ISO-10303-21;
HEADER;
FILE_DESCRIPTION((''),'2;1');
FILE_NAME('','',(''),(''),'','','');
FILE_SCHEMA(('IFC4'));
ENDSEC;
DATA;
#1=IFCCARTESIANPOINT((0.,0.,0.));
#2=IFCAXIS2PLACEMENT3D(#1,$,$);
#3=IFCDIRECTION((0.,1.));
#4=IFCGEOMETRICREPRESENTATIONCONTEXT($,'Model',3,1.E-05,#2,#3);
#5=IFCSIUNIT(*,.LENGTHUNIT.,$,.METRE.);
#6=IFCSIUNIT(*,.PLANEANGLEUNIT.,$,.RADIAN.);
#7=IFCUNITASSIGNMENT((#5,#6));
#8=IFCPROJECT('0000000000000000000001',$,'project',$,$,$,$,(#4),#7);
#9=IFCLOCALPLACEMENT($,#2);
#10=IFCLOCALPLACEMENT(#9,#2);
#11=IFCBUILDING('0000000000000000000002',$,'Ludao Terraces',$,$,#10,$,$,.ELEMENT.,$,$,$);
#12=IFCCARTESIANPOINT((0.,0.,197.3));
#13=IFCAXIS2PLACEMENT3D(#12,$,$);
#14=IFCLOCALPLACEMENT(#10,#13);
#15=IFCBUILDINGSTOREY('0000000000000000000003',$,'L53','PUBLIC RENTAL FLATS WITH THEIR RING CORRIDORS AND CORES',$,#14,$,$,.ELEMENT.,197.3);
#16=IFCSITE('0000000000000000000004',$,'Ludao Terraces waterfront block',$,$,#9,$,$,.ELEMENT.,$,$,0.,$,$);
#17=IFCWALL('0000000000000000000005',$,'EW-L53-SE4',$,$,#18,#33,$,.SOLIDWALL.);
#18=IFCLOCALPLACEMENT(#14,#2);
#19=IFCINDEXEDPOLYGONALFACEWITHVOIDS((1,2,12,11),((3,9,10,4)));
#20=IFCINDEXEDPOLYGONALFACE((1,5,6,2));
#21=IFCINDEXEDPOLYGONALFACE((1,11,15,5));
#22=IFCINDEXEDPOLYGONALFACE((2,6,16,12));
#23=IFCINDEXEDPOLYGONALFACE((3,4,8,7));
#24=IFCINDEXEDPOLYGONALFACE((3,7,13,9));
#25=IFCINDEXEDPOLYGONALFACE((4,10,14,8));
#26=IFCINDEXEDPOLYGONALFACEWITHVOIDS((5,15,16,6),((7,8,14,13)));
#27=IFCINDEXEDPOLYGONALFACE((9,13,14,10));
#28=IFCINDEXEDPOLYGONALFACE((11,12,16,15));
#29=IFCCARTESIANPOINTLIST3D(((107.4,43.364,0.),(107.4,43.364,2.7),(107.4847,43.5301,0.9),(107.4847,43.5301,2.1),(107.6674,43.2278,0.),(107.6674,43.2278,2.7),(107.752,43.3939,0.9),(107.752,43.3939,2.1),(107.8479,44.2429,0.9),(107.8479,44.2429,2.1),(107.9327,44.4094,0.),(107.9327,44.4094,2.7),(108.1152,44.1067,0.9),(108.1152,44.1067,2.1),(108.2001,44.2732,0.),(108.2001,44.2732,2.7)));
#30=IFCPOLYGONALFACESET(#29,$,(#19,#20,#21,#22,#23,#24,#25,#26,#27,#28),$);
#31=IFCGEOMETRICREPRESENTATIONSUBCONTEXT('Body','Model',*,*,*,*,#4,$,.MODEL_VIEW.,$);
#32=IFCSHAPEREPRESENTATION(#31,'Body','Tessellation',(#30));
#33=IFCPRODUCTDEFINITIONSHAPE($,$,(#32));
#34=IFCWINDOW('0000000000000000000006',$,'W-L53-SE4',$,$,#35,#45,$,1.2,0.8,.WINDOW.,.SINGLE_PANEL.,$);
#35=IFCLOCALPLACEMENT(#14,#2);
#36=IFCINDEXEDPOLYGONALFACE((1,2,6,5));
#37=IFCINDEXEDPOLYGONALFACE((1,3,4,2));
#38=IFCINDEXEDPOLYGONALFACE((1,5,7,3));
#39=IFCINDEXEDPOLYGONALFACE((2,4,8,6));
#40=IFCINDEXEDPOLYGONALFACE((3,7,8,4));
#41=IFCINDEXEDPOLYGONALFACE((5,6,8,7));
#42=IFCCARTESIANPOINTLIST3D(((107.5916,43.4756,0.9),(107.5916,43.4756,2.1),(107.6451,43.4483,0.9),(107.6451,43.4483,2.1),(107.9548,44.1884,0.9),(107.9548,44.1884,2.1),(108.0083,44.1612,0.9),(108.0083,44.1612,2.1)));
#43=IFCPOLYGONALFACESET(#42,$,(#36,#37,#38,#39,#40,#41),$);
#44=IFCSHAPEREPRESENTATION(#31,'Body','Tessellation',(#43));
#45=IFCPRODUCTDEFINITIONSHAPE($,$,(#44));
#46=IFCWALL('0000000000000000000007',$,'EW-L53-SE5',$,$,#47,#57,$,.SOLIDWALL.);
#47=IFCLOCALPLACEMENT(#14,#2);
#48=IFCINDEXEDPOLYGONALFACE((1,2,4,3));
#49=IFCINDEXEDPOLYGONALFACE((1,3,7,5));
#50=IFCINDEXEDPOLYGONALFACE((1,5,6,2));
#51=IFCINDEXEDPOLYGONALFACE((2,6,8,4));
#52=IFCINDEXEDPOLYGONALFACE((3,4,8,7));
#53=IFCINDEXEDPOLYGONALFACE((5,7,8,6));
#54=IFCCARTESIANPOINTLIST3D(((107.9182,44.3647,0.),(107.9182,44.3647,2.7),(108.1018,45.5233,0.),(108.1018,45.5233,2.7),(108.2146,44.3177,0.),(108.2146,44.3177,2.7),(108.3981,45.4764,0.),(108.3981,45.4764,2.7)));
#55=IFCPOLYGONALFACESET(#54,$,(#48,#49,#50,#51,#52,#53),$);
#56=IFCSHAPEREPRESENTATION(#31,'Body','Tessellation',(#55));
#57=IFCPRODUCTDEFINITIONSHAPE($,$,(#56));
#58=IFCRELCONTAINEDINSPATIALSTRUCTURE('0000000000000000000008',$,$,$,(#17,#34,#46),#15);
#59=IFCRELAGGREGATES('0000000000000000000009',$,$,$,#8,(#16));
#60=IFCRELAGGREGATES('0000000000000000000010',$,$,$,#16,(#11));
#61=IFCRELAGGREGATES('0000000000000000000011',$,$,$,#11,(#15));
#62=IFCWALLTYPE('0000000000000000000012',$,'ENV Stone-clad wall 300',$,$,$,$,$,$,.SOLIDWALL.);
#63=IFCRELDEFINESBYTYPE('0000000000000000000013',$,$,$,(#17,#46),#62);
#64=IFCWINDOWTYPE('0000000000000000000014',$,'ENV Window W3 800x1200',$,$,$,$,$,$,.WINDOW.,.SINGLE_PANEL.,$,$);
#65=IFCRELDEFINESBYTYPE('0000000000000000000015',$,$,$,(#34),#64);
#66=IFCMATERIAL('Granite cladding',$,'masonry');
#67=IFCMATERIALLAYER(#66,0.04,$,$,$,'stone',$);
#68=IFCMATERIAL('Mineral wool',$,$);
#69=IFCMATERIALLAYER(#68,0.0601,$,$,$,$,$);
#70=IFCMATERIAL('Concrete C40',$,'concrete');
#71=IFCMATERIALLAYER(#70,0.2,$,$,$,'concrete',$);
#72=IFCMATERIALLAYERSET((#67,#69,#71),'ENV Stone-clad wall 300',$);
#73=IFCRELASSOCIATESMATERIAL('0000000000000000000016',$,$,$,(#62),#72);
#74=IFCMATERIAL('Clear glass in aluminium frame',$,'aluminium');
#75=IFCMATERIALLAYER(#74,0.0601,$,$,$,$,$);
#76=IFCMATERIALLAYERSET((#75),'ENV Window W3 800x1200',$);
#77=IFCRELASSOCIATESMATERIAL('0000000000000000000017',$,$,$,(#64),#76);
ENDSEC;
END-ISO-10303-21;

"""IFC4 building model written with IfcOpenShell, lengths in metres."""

from ifc_helpers import new_model, si_unit, direction, frame, frame_2d, origin, place, context, subcontext, project, spatial, rectangle, extrude, material, layer, layer_set, type_object, element, fill, save


model = new_model("IFC4")

# Units and contexts
model_context = context("Model", 3, precision=1e-05, world=origin(), true_north=direction((0.0, 1.0)))
body_context = subcontext(model_context, "Body", "Model", "MODEL_VIEW")
ifc_project = project(units=[si_unit("LENGTHUNIT", "METRE"), si_unit("PLANEANGLEUNIT", "RADIAN")], contexts=[model_context])

# Site, building, storey
site_placement = place(None, origin())
site = spatial("IfcSite", under=ifc_project, at=site_placement, Name="Ludao Terraces waterfront block", CompositionType="ELEMENT", RefElevation=0.0)
building_placement = place(site_placement, origin())
building = spatial("IfcBuilding", under=site, at=building_placement, Name="Ludao Terraces", CompositionType="ELEMENT")
storey_placement = place(building_placement, frame((0.0, 0.0, 197.3)))
storey = spatial("IfcBuildingStorey", under=building, at=storey_placement, Name="L53", Description="PUBLIC RENTAL FLATS WITH THEIR RING CORRIDORS AND CORES", CompositionType="ELEMENT", Elevation=197.3)

# Shared definitions
ifc_material_1 = material(Name="Concrete C40", Category="concrete")

# Shared definitions
ifc_material_2 = material(Name="Granite cladding", Category="masonry")
ifc_layer_1 = layer(ifc_material_2, 0.04, Category="stone")
ifc_material_3 = material(Name="Mineral wool")
ifc_layer_2 = layer(ifc_material_3, 0.0601)
ifc_layer_3 = layer(ifc_material_1, 0.2, Category="concrete")
ifc_layer_set_1 = layer_set([ifc_layer_1, ifc_layer_2, ifc_layer_3], Name="ENV Stone-clad wall 300")
wall_type_1 = type_object("IfcWallType", Name="ENV Stone-clad wall 300", PredefinedType="SOLIDWALL", material=ifc_layer_set_1)
ifc_material_4 = material(Name="Clear glass in aluminium frame", Category="aluminium")

# Wall, opening, window
ifc_layer_4 = layer(ifc_material_4, 0.0601)
ifc_layer_set_2 = layer_set([ifc_layer_4], Name="ENV Window W3 800x1200")
window_type_1 = type_object("IfcWindowType", Name="ENV Window W3 800x1200", PartitioningType="SINGLE_PANEL", PredefinedType="WINDOW", material=ifc_layer_set_2)
wall_1_placement = place(storey_placement, frame((107.5337, 43.2959, 0.0), z_axis=(0.0, 0.0, 1.0), x_axis=(0.454026, 0.890989, 0.0)))
wall_1 = element("IfcWall", 1, at=wall_1_placement, inside=storey, type_object=wall_type_1, Name="EW-L53-SE4", PredefinedType="SOLIDWALL", context=body_context, shape_type="SweptSolid", body=[
    extrude(rectangle(XDim=1.1733, YDim=0.3, at=frame_2d((0.5867, 0.0))), origin(), (0.0, 0.0, 1.0), 2.7),
])
opening_1_placement = place(wall_1_placement, frame((0.1865, 0.0, 0.8999)))
opening_1 = element("IfcOpeningElement", 2, at=opening_1_placement, cuts=wall_1, PredefinedType="OPENING", context=body_context, shape_type="SweptSolid", body=[
    extrude(rectangle(XDim=0.8, YDim=1.2, at=frame_2d((0.3999, 0.6001))), frame((0.0, 0.1602, 0.0), z_axis=(0.0, -1.0, 0.0), x_axis=(1.0, 0.0, 0.0)), (0.0, 0.0, 1.0), 0.3201),
])
window_1_placement = place(opening_1_placement, origin())
window_1 = element("IfcWindow", 3, at=window_1_placement, inside=storey, type_object=window_type_1, Name="W-L53-SE4", OverallHeight=1.2, OverallWidth=0.8, PartitioningType="SINGLE_PANEL", PredefinedType="WINDOW", context=body_context, shape_type="SweptSolid", body=[
    extrude(rectangle(XDim=0.8, YDim=1.2, at=frame_2d((0.3999, 0.6001))), frame((0.0, 0.03, 0.0), z_axis=(0.0, -1.0, 0.0), x_axis=(1.0, 0.0, 0.0)), (0.0, 0.0, 1.0), 0.0601),
])
fill(opening_1, window_1)

# Wall
wall_2_placement = place(storey_placement, frame((108.0664, 44.3413, 0.0), z_axis=(0.0, 0.0, 1.0), x_axis=(0.156497, 0.987678, 0.0)))
element("IfcWall", 4, at=wall_2_placement, inside=storey, type_object=wall_type_1, Name="EW-L53-SE5", PredefinedType="SOLIDWALL", context=body_context, shape_type="SweptSolid", body=[
    extrude(rectangle(XDim=1.1731, YDim=0.3, at=frame_2d((0.5864, 0.0))), origin(), (0.0, 0.0, 1.0), 2.7),
])

save(model, "model.ifc")
